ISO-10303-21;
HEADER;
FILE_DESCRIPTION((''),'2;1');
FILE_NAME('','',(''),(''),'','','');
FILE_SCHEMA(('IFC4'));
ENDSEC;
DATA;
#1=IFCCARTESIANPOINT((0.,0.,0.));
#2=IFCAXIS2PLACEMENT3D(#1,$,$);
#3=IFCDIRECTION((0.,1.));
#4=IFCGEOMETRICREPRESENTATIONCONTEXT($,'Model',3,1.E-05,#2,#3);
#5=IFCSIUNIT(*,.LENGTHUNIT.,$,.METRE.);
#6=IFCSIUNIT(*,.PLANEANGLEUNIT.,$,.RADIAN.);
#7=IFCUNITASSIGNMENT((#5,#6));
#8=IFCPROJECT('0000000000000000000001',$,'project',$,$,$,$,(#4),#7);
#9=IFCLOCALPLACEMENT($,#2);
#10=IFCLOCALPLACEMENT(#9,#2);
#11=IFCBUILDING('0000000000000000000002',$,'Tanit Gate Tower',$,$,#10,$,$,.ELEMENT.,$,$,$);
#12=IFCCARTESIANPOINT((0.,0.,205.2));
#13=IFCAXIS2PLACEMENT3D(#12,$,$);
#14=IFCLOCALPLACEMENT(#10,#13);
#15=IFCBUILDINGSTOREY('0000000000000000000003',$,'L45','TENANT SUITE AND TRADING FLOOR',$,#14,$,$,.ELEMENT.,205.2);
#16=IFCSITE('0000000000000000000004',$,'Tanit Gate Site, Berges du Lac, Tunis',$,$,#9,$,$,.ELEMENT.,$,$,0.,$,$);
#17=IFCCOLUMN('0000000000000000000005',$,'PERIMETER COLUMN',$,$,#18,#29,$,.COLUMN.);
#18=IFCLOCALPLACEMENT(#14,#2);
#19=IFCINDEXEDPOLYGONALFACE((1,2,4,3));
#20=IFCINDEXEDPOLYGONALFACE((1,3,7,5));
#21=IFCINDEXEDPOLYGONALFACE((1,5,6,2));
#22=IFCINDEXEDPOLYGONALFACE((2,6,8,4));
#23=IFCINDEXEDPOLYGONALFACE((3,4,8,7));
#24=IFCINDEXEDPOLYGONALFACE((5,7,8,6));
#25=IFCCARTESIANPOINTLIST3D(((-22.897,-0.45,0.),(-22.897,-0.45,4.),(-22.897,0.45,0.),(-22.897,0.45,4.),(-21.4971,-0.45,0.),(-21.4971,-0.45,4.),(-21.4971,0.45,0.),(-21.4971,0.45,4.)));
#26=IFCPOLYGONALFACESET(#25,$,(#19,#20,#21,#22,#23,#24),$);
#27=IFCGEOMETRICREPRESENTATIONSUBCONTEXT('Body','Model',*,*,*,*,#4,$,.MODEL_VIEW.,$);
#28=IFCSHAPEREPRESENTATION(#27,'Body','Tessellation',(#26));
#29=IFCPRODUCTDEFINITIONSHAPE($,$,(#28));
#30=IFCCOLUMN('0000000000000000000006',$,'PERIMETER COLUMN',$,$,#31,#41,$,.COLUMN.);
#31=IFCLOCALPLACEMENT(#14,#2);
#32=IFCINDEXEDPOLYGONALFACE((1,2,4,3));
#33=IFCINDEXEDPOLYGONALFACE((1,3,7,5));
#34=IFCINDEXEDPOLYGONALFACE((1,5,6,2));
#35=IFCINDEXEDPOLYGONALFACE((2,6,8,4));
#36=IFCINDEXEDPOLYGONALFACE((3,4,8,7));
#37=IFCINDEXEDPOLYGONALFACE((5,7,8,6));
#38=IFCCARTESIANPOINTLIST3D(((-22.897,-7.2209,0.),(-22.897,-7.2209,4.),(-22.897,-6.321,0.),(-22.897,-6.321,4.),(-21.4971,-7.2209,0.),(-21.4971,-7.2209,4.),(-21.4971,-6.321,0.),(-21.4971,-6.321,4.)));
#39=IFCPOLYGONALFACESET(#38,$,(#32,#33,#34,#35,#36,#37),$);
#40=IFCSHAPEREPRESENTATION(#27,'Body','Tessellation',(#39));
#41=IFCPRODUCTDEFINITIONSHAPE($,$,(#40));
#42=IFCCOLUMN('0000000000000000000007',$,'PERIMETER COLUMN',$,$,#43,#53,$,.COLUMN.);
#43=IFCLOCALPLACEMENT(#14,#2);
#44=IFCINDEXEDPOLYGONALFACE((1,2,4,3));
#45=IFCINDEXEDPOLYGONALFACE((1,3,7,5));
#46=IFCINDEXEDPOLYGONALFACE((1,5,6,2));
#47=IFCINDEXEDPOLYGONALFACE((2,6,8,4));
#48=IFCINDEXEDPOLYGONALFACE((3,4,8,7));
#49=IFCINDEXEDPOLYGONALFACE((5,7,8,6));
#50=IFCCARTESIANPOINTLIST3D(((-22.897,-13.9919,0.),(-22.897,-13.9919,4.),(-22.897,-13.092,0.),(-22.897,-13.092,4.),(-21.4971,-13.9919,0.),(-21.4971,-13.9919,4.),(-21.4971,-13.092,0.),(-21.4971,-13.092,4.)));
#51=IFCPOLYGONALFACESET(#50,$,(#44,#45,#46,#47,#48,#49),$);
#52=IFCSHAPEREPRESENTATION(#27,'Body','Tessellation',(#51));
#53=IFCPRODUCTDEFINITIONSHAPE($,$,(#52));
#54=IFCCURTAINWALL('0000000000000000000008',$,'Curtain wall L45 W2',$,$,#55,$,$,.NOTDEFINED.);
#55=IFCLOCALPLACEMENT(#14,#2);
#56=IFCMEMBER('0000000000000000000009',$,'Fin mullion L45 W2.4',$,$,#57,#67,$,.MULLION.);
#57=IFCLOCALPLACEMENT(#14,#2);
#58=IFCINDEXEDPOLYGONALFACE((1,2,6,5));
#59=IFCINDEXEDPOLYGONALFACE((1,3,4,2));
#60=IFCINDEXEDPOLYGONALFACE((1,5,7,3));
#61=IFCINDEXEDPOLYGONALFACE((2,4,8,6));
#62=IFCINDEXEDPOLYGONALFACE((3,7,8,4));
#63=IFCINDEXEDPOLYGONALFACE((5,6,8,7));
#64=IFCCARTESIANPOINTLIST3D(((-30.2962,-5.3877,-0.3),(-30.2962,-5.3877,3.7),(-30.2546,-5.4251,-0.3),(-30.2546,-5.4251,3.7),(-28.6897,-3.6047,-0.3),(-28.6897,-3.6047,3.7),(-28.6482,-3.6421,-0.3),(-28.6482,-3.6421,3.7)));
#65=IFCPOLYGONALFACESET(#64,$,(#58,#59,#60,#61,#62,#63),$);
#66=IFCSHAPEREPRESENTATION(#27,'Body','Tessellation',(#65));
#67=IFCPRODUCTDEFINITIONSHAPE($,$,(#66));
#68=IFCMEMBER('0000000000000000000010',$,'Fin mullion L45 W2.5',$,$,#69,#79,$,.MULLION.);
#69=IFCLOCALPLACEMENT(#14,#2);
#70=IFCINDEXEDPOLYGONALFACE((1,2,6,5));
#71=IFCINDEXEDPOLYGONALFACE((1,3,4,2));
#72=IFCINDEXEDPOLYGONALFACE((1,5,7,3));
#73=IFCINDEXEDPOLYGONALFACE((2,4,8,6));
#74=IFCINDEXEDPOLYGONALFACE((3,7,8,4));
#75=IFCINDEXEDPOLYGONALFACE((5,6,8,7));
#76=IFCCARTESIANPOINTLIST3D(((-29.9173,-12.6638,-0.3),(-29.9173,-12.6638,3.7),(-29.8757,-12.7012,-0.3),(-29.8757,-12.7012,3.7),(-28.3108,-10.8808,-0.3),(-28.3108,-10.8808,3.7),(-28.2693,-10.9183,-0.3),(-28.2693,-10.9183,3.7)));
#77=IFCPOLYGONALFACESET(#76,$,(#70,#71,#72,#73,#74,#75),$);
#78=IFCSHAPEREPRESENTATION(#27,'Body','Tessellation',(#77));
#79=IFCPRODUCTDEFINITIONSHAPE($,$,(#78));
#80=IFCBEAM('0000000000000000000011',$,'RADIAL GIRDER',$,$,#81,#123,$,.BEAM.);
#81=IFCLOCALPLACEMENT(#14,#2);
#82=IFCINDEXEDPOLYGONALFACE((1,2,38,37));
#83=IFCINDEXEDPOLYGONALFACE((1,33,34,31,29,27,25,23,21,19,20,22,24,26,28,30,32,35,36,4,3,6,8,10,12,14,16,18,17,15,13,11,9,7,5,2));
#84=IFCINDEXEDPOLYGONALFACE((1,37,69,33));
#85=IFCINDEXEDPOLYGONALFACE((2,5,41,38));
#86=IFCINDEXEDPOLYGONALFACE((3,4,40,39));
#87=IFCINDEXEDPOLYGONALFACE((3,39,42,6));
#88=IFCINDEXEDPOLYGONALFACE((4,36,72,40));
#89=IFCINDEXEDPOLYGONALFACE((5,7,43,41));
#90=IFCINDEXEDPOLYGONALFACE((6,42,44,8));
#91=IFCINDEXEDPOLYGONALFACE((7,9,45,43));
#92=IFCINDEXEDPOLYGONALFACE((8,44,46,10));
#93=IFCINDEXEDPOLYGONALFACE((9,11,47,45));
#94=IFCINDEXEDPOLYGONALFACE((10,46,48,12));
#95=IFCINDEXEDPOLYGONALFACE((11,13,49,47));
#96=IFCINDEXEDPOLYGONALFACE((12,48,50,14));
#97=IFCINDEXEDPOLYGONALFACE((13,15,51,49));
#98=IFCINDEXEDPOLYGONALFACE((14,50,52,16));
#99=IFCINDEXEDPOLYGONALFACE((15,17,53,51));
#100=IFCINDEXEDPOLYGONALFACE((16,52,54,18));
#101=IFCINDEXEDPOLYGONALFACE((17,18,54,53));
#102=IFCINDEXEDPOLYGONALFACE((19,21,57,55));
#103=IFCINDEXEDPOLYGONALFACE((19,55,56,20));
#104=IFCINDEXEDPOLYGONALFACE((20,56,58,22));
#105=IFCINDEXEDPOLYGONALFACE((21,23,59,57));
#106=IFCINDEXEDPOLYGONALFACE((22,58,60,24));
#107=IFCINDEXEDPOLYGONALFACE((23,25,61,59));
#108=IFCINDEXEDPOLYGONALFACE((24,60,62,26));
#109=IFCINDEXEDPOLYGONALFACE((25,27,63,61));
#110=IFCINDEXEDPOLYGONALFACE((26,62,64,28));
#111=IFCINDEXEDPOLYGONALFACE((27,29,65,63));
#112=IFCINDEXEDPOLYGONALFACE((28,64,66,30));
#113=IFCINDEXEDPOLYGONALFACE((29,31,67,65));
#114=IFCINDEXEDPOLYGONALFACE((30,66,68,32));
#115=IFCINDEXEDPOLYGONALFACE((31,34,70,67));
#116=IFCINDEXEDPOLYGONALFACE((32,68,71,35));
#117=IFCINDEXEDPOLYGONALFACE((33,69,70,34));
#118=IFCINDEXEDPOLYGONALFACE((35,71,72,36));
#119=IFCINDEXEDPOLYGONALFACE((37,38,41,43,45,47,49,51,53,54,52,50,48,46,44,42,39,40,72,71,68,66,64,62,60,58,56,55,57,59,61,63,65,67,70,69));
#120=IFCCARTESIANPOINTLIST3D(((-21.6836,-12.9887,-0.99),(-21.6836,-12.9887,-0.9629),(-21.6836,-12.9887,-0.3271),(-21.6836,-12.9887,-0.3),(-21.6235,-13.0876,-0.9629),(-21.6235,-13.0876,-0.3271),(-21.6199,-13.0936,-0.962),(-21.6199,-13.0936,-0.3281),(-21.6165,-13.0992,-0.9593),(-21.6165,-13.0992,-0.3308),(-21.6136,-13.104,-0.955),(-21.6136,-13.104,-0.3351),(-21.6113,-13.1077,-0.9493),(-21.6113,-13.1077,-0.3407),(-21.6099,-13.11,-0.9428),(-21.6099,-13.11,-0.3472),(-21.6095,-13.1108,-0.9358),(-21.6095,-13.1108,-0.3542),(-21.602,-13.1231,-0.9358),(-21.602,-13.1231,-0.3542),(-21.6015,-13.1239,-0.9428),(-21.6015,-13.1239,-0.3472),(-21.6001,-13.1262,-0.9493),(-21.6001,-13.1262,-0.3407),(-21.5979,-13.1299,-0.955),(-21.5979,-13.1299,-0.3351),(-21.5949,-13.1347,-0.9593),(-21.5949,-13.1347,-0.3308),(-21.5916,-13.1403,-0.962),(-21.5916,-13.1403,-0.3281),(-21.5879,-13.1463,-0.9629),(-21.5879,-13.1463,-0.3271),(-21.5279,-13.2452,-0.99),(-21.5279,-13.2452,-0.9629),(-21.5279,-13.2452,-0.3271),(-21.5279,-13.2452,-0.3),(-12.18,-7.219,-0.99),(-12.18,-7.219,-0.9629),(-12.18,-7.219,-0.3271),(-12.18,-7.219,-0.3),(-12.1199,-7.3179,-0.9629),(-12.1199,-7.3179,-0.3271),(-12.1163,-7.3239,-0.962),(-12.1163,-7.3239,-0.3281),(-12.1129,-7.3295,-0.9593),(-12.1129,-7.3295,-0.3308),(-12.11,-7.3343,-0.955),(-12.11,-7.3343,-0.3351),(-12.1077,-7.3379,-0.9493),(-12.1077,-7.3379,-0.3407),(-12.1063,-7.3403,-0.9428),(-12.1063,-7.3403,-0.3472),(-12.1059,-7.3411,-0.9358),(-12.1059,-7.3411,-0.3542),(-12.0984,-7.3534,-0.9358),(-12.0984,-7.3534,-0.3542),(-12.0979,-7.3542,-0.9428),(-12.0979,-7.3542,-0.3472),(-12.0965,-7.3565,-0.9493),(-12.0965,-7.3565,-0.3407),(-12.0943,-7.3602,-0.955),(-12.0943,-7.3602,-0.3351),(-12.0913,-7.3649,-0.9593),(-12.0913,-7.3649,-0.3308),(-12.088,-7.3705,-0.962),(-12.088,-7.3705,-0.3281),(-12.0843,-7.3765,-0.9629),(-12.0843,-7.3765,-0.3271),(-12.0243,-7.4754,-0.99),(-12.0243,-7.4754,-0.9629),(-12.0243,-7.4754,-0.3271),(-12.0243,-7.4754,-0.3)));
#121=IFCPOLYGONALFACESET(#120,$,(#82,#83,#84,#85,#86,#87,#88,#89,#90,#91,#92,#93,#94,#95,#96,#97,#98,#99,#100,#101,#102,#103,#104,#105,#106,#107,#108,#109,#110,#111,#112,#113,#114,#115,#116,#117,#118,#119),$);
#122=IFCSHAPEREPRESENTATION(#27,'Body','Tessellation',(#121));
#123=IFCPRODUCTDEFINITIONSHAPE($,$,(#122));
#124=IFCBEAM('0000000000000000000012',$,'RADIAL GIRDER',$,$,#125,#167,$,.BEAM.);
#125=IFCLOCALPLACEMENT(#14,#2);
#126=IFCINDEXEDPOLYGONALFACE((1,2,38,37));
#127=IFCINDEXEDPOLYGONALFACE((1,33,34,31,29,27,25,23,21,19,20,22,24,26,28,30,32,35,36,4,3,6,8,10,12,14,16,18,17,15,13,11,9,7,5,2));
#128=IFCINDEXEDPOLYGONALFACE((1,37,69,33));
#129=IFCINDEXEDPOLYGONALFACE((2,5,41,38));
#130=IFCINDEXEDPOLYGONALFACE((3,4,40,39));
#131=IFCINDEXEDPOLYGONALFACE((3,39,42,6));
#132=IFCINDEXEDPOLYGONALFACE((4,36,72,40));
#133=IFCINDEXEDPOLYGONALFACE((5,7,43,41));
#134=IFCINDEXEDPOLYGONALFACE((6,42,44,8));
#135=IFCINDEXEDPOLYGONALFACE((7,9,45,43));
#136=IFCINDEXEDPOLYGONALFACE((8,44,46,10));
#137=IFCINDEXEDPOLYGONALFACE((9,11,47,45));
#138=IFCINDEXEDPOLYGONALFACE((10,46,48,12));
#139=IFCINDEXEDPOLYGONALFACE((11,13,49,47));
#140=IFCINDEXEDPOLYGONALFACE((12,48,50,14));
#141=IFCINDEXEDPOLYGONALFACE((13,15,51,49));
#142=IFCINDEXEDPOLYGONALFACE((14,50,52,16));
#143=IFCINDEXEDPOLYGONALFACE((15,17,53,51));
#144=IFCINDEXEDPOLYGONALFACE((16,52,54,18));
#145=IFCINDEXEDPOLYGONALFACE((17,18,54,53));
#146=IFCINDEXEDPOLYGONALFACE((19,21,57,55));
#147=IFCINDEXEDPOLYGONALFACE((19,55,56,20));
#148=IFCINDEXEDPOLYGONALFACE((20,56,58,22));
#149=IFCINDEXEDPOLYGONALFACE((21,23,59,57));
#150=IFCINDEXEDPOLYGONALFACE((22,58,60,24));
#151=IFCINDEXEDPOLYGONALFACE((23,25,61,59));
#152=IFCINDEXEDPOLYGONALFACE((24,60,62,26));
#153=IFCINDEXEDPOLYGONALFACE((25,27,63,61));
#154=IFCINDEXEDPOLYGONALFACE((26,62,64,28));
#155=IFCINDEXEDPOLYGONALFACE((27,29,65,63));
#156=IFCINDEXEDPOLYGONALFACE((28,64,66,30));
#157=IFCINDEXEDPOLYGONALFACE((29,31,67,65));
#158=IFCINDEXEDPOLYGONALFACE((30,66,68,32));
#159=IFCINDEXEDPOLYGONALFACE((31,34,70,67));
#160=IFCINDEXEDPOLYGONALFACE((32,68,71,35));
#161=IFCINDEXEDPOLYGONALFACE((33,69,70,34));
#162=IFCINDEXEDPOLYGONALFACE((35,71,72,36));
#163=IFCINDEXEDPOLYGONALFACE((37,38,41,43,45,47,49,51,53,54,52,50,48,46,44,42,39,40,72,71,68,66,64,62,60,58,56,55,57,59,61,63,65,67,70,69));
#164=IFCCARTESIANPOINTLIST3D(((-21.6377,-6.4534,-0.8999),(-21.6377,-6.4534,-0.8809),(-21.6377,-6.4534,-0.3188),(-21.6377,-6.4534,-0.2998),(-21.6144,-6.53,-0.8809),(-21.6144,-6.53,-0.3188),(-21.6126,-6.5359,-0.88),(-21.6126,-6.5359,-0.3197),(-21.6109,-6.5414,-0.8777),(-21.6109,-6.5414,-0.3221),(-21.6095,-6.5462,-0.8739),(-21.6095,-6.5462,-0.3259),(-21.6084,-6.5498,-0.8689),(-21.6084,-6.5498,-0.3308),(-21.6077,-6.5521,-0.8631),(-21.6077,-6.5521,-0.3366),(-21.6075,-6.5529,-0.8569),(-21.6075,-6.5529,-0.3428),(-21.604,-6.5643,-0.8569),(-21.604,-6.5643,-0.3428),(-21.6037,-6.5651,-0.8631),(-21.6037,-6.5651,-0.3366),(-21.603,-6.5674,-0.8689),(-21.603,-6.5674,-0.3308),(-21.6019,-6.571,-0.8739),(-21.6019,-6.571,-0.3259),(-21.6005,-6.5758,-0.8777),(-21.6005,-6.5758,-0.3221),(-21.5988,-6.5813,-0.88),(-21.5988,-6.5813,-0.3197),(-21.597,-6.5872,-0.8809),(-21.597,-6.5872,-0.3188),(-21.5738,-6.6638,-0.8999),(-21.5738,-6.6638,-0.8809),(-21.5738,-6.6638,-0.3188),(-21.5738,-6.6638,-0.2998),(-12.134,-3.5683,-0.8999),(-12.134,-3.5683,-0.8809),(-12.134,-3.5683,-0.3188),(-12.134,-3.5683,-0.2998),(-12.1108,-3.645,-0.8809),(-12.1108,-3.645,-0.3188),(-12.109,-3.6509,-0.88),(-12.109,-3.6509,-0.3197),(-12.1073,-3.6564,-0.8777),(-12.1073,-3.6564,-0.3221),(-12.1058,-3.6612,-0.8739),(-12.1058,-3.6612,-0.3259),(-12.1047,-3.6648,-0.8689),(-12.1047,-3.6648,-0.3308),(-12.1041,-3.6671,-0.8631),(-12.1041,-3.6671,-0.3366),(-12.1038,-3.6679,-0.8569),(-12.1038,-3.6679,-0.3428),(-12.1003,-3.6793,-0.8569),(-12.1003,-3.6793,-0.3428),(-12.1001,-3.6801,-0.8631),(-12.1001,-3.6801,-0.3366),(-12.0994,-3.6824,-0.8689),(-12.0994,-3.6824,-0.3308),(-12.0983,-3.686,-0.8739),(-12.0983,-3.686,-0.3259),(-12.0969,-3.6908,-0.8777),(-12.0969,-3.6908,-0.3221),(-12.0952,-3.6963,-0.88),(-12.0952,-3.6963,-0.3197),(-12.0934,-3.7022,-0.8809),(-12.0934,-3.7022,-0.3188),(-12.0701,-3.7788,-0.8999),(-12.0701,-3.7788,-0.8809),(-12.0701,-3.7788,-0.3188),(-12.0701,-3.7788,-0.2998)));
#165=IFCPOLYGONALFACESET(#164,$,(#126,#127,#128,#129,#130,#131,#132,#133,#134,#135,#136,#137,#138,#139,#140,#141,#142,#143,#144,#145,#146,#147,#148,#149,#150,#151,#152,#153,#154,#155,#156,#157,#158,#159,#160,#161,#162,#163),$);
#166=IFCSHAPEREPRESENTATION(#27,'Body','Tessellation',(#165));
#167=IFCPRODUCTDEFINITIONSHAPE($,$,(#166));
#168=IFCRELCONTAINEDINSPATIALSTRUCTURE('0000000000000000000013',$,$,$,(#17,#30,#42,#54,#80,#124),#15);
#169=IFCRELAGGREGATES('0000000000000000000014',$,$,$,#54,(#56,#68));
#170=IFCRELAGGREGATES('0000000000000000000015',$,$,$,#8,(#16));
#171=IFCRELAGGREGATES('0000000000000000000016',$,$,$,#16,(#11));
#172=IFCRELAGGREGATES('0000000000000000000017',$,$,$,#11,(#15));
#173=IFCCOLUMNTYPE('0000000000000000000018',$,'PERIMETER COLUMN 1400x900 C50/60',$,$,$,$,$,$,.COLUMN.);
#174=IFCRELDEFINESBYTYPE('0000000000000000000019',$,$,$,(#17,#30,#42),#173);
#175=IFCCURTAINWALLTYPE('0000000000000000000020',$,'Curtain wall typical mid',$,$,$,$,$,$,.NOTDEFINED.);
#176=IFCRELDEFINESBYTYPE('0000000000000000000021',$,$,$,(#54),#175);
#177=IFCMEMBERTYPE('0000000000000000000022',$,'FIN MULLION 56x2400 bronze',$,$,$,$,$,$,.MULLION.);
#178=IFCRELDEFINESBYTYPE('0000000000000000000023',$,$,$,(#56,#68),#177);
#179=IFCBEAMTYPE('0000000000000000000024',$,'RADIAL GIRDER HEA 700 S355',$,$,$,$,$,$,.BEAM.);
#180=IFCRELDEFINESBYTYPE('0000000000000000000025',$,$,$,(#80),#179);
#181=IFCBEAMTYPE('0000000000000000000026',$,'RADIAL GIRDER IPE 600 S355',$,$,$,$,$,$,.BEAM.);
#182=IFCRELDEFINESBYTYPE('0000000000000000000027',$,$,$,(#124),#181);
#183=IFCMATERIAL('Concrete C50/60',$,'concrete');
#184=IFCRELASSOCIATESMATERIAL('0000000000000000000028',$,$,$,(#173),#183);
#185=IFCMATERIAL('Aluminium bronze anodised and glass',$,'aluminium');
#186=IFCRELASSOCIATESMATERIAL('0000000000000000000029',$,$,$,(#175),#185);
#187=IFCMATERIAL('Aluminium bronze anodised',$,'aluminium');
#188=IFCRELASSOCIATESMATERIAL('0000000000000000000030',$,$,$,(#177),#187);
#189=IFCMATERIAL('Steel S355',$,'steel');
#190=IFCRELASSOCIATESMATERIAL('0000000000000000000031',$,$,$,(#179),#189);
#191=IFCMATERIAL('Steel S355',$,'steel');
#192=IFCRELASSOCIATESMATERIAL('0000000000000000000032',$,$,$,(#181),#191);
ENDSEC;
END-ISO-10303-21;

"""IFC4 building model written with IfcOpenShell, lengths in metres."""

from ifc_helpers import new_model, si_unit, direction, frame, origin, origin_2d, place, context, subcontext, project, spatial, rectangle, i_section, extrude, material, material_profile, profile_set, type_object, element, aggregate, save


model = new_model("IFC4")

# Units and contexts
model_context = context("Model", 3, precision=1e-05, world=origin(), true_north=direction((0.0, 1.0)))
body_context = subcontext(model_context, "Body", "Model", "MODEL_VIEW")
ifc_project = project(units=[si_unit("LENGTHUNIT", "METRE"), si_unit("PLANEANGLEUNIT", "RADIAN")], contexts=[model_context])

# Site, building, storey
site_placement = place(None, origin())
site = spatial("IfcSite", under=ifc_project, at=site_placement, Name="Tanit Gate Site, Berges du Lac, Tunis", CompositionType="ELEMENT", RefElevation=0.0)
building_placement = place(site_placement, origin())
building = spatial("IfcBuilding", under=site, at=building_placement, Name="Tanit Gate Tower", CompositionType="ELEMENT")
storey_placement = place(building_placement, frame((0.0, 0.0, 205.2)))
storey = spatial("IfcBuildingStorey", under=building, at=storey_placement, Name="L45", Description="TENANT SUITE AND TRADING FLOOR", CompositionType="ELEMENT", Elevation=205.2)

# Columns
ifc_material_1 = material(Name="Concrete C50/60", Category="concrete")
ifc_material_profile_1 = material_profile(ifc_material_1, rectangle(XDim=1.3999, YDim=0.8999, at=origin_2d()), Name="RC 1400x900")
ifc_profile_set_1 = profile_set([ifc_material_profile_1], Name="Concrete C50/60")
column_type = type_object("IfcColumnType", Name="PERIMETER COLUMN 1400x900 C50/60", PredefinedType="COLUMN", material=ifc_profile_set_1)
for number, where, z_axis, x_axis, name in (
    (1, (-22.197, 0.0, 0.0), (0.0, 0.0, 1.0), (-1.0, 0.0, 0.0), "PERIMETER COLUMN"),
    (2, (-22.197, -6.771, 0.0), (0.0, 0.0, 1.0), (-1.0, 0.0, 0.0), "PERIMETER COLUMN"),
    (3, (-22.197, -13.542, 0.0), (0.0, 0.0, 1.0), (-1.0, 0.0, 0.0), "PERIMETER COLUMN"),
):
    element("IfcColumn", number, at=place(storey_placement, frame(where, z_axis=z_axis, x_axis=x_axis)), inside=storey, type_object=column_type, Name=name, PredefinedType="COLUMN", context=body_context, shape_type="SweptSolid", body=[
        extrude(rectangle(XDim=1.3999, YDim=0.8999, at=origin_2d()), origin(), (0.0, 0.0, 1.0), 4.0),
    ])

# Curtain wall, members
ifc_material_2 = material(Name="Aluminium bronze anodised and glass", Category="aluminium")
curtain_wall_type = type_object("IfcCurtainWallType", Name="Curtain wall typical mid", PredefinedType="NOTDEFINED", material=ifc_material_2)
curtain_wall_placement = place(storey_placement, origin())
curtain_wall = element("IfcCurtainWall", 4, at=curtain_wall_placement, inside=storey, type_object=curtain_wall_type, Name="Curtain wall L45 W2", PredefinedType="NOTDEFINED")
ifc_material_3 = material(Name="Aluminium bronze anodised", Category="aluminium")
ifc_material_profile_2 = material_profile(ifc_material_3, rectangle(XDim=2.3999, YDim=0.0559, at=origin_2d()), Name="56x2400 bronze fin mullion")
ifc_profile_set_2 = profile_set([ifc_material_profile_2], Name="Aluminium bronze anodised")
member_type_1 = type_object("IfcMemberType", Name="FIN MULLION 56x2400 bronze", PredefinedType="MULLION", material=ifc_profile_set_2)
member_1_placement = place(storey_placement, frame((-29.4722, -4.5149, -0.3), z_axis=(0.0, 0.0, 1.0), x_axis=(0.669378, 0.742922, 0.0)))
member_1 = element("IfcMember", 5, at=member_1_placement, type_object=member_type_1, Name="Fin mullion L45 W2.4", PredefinedType="MULLION", context=body_context, shape_type="SweptSolid", body=[
    extrude(rectangle(XDim=2.3999, YDim=0.0559, at=origin_2d()), origin(), (0.0, 0.0, 1.0), 4.0),
])
member_2_placement = place(storey_placement, frame((-29.0933, -11.791, -0.3), z_axis=(0.0, 0.0, 1.0), x_axis=(0.669378, 0.742922, 0.0)))
member_2 = element("IfcMember", 6, at=member_2_placement, type_object=member_type_1, Name="Fin mullion L45 W2.5", PredefinedType="MULLION", context=body_context, shape_type="SweptSolid", body=[
    extrude(rectangle(XDim=2.3999, YDim=0.0559, at=origin_2d()), origin(), (0.0, 0.0, 1.0), 4.0),
])

# Beams
ifc_material_4 = material(Name="Steel S355", Category="steel")
ifc_material_profile_3 = material_profile(ifc_material_4, i_section(OverallWidth=0.3, OverallDepth=0.6899, WebThickness=0.0144, FlangeThickness=0.0271, FilletRadius=0.0271, at=origin_2d()), Name="HEA 700")
ifc_profile_set_3 = profile_set([ifc_material_profile_3], Name="Steel S355")
beam_type_1 = type_object("IfcBeamType", Name="RADIAL GIRDER HEA 700 S355", PredefinedType="BEAM", material=ifc_profile_set_3)
beam_1_placement = place(storey_placement, frame((-21.6057, -13.1169, -0.645), z_axis=(0.8548, 0.518958, 0.0), x_axis=(-0.518958, 0.8548, 0.0)))
element("IfcBeam", 7, at=beam_1_placement, inside=storey, type_object=beam_type_1, Name="RADIAL GIRDER", PredefinedType="BEAM", context=body_context, shape_type="SweptSolid", body=[
    extrude(i_section(OverallWidth=0.3, OverallDepth=0.6899, WebThickness=0.0144, FlangeThickness=0.0271, FilletRadius=0.0271, at=origin_2d()), origin(), (0.0, 0.0, 1.0), 11.1179),
])
ifc_material_5 = material(Name="Steel S355", Category="steel")
ifc_material_profile_4 = material_profile(ifc_material_5, i_section(OverallWidth=0.22, OverallDepth=0.6001, WebThickness=0.012, FlangeThickness=0.019, FilletRadius=0.0239, at=origin_2d()), Name="IPE 600")
ifc_profile_set_4 = profile_set([ifc_material_profile_4], Name="Steel S355")
beam_type_2 = type_object("IfcBeamType", Name="RADIAL GIRDER IPE 600 S355", PredefinedType="BEAM", material=ifc_profile_set_4)
beam_2_placement = place(storey_placement, frame((-21.6057, -6.5586, -0.5999), z_axis=(0.956881, 0.290479, 0.0), x_axis=(-0.290479, 0.956881, 0.0)))
element("IfcBeam", 8, at=beam_2_placement, inside=storey, type_object=beam_type_2, Name="RADIAL GIRDER", PredefinedType="BEAM", context=body_context, shape_type="SweptSolid", body=[
    extrude(i_section(OverallWidth=0.22, OverallDepth=0.6001, WebThickness=0.012, FlangeThickness=0.019, FilletRadius=0.0239, at=origin_2d()), origin(), (0.0, 0.0, 1.0), 9.9319),
])

aggregate(curtain_wall, [member_1, member_2])

save(model, "model.ifc")
